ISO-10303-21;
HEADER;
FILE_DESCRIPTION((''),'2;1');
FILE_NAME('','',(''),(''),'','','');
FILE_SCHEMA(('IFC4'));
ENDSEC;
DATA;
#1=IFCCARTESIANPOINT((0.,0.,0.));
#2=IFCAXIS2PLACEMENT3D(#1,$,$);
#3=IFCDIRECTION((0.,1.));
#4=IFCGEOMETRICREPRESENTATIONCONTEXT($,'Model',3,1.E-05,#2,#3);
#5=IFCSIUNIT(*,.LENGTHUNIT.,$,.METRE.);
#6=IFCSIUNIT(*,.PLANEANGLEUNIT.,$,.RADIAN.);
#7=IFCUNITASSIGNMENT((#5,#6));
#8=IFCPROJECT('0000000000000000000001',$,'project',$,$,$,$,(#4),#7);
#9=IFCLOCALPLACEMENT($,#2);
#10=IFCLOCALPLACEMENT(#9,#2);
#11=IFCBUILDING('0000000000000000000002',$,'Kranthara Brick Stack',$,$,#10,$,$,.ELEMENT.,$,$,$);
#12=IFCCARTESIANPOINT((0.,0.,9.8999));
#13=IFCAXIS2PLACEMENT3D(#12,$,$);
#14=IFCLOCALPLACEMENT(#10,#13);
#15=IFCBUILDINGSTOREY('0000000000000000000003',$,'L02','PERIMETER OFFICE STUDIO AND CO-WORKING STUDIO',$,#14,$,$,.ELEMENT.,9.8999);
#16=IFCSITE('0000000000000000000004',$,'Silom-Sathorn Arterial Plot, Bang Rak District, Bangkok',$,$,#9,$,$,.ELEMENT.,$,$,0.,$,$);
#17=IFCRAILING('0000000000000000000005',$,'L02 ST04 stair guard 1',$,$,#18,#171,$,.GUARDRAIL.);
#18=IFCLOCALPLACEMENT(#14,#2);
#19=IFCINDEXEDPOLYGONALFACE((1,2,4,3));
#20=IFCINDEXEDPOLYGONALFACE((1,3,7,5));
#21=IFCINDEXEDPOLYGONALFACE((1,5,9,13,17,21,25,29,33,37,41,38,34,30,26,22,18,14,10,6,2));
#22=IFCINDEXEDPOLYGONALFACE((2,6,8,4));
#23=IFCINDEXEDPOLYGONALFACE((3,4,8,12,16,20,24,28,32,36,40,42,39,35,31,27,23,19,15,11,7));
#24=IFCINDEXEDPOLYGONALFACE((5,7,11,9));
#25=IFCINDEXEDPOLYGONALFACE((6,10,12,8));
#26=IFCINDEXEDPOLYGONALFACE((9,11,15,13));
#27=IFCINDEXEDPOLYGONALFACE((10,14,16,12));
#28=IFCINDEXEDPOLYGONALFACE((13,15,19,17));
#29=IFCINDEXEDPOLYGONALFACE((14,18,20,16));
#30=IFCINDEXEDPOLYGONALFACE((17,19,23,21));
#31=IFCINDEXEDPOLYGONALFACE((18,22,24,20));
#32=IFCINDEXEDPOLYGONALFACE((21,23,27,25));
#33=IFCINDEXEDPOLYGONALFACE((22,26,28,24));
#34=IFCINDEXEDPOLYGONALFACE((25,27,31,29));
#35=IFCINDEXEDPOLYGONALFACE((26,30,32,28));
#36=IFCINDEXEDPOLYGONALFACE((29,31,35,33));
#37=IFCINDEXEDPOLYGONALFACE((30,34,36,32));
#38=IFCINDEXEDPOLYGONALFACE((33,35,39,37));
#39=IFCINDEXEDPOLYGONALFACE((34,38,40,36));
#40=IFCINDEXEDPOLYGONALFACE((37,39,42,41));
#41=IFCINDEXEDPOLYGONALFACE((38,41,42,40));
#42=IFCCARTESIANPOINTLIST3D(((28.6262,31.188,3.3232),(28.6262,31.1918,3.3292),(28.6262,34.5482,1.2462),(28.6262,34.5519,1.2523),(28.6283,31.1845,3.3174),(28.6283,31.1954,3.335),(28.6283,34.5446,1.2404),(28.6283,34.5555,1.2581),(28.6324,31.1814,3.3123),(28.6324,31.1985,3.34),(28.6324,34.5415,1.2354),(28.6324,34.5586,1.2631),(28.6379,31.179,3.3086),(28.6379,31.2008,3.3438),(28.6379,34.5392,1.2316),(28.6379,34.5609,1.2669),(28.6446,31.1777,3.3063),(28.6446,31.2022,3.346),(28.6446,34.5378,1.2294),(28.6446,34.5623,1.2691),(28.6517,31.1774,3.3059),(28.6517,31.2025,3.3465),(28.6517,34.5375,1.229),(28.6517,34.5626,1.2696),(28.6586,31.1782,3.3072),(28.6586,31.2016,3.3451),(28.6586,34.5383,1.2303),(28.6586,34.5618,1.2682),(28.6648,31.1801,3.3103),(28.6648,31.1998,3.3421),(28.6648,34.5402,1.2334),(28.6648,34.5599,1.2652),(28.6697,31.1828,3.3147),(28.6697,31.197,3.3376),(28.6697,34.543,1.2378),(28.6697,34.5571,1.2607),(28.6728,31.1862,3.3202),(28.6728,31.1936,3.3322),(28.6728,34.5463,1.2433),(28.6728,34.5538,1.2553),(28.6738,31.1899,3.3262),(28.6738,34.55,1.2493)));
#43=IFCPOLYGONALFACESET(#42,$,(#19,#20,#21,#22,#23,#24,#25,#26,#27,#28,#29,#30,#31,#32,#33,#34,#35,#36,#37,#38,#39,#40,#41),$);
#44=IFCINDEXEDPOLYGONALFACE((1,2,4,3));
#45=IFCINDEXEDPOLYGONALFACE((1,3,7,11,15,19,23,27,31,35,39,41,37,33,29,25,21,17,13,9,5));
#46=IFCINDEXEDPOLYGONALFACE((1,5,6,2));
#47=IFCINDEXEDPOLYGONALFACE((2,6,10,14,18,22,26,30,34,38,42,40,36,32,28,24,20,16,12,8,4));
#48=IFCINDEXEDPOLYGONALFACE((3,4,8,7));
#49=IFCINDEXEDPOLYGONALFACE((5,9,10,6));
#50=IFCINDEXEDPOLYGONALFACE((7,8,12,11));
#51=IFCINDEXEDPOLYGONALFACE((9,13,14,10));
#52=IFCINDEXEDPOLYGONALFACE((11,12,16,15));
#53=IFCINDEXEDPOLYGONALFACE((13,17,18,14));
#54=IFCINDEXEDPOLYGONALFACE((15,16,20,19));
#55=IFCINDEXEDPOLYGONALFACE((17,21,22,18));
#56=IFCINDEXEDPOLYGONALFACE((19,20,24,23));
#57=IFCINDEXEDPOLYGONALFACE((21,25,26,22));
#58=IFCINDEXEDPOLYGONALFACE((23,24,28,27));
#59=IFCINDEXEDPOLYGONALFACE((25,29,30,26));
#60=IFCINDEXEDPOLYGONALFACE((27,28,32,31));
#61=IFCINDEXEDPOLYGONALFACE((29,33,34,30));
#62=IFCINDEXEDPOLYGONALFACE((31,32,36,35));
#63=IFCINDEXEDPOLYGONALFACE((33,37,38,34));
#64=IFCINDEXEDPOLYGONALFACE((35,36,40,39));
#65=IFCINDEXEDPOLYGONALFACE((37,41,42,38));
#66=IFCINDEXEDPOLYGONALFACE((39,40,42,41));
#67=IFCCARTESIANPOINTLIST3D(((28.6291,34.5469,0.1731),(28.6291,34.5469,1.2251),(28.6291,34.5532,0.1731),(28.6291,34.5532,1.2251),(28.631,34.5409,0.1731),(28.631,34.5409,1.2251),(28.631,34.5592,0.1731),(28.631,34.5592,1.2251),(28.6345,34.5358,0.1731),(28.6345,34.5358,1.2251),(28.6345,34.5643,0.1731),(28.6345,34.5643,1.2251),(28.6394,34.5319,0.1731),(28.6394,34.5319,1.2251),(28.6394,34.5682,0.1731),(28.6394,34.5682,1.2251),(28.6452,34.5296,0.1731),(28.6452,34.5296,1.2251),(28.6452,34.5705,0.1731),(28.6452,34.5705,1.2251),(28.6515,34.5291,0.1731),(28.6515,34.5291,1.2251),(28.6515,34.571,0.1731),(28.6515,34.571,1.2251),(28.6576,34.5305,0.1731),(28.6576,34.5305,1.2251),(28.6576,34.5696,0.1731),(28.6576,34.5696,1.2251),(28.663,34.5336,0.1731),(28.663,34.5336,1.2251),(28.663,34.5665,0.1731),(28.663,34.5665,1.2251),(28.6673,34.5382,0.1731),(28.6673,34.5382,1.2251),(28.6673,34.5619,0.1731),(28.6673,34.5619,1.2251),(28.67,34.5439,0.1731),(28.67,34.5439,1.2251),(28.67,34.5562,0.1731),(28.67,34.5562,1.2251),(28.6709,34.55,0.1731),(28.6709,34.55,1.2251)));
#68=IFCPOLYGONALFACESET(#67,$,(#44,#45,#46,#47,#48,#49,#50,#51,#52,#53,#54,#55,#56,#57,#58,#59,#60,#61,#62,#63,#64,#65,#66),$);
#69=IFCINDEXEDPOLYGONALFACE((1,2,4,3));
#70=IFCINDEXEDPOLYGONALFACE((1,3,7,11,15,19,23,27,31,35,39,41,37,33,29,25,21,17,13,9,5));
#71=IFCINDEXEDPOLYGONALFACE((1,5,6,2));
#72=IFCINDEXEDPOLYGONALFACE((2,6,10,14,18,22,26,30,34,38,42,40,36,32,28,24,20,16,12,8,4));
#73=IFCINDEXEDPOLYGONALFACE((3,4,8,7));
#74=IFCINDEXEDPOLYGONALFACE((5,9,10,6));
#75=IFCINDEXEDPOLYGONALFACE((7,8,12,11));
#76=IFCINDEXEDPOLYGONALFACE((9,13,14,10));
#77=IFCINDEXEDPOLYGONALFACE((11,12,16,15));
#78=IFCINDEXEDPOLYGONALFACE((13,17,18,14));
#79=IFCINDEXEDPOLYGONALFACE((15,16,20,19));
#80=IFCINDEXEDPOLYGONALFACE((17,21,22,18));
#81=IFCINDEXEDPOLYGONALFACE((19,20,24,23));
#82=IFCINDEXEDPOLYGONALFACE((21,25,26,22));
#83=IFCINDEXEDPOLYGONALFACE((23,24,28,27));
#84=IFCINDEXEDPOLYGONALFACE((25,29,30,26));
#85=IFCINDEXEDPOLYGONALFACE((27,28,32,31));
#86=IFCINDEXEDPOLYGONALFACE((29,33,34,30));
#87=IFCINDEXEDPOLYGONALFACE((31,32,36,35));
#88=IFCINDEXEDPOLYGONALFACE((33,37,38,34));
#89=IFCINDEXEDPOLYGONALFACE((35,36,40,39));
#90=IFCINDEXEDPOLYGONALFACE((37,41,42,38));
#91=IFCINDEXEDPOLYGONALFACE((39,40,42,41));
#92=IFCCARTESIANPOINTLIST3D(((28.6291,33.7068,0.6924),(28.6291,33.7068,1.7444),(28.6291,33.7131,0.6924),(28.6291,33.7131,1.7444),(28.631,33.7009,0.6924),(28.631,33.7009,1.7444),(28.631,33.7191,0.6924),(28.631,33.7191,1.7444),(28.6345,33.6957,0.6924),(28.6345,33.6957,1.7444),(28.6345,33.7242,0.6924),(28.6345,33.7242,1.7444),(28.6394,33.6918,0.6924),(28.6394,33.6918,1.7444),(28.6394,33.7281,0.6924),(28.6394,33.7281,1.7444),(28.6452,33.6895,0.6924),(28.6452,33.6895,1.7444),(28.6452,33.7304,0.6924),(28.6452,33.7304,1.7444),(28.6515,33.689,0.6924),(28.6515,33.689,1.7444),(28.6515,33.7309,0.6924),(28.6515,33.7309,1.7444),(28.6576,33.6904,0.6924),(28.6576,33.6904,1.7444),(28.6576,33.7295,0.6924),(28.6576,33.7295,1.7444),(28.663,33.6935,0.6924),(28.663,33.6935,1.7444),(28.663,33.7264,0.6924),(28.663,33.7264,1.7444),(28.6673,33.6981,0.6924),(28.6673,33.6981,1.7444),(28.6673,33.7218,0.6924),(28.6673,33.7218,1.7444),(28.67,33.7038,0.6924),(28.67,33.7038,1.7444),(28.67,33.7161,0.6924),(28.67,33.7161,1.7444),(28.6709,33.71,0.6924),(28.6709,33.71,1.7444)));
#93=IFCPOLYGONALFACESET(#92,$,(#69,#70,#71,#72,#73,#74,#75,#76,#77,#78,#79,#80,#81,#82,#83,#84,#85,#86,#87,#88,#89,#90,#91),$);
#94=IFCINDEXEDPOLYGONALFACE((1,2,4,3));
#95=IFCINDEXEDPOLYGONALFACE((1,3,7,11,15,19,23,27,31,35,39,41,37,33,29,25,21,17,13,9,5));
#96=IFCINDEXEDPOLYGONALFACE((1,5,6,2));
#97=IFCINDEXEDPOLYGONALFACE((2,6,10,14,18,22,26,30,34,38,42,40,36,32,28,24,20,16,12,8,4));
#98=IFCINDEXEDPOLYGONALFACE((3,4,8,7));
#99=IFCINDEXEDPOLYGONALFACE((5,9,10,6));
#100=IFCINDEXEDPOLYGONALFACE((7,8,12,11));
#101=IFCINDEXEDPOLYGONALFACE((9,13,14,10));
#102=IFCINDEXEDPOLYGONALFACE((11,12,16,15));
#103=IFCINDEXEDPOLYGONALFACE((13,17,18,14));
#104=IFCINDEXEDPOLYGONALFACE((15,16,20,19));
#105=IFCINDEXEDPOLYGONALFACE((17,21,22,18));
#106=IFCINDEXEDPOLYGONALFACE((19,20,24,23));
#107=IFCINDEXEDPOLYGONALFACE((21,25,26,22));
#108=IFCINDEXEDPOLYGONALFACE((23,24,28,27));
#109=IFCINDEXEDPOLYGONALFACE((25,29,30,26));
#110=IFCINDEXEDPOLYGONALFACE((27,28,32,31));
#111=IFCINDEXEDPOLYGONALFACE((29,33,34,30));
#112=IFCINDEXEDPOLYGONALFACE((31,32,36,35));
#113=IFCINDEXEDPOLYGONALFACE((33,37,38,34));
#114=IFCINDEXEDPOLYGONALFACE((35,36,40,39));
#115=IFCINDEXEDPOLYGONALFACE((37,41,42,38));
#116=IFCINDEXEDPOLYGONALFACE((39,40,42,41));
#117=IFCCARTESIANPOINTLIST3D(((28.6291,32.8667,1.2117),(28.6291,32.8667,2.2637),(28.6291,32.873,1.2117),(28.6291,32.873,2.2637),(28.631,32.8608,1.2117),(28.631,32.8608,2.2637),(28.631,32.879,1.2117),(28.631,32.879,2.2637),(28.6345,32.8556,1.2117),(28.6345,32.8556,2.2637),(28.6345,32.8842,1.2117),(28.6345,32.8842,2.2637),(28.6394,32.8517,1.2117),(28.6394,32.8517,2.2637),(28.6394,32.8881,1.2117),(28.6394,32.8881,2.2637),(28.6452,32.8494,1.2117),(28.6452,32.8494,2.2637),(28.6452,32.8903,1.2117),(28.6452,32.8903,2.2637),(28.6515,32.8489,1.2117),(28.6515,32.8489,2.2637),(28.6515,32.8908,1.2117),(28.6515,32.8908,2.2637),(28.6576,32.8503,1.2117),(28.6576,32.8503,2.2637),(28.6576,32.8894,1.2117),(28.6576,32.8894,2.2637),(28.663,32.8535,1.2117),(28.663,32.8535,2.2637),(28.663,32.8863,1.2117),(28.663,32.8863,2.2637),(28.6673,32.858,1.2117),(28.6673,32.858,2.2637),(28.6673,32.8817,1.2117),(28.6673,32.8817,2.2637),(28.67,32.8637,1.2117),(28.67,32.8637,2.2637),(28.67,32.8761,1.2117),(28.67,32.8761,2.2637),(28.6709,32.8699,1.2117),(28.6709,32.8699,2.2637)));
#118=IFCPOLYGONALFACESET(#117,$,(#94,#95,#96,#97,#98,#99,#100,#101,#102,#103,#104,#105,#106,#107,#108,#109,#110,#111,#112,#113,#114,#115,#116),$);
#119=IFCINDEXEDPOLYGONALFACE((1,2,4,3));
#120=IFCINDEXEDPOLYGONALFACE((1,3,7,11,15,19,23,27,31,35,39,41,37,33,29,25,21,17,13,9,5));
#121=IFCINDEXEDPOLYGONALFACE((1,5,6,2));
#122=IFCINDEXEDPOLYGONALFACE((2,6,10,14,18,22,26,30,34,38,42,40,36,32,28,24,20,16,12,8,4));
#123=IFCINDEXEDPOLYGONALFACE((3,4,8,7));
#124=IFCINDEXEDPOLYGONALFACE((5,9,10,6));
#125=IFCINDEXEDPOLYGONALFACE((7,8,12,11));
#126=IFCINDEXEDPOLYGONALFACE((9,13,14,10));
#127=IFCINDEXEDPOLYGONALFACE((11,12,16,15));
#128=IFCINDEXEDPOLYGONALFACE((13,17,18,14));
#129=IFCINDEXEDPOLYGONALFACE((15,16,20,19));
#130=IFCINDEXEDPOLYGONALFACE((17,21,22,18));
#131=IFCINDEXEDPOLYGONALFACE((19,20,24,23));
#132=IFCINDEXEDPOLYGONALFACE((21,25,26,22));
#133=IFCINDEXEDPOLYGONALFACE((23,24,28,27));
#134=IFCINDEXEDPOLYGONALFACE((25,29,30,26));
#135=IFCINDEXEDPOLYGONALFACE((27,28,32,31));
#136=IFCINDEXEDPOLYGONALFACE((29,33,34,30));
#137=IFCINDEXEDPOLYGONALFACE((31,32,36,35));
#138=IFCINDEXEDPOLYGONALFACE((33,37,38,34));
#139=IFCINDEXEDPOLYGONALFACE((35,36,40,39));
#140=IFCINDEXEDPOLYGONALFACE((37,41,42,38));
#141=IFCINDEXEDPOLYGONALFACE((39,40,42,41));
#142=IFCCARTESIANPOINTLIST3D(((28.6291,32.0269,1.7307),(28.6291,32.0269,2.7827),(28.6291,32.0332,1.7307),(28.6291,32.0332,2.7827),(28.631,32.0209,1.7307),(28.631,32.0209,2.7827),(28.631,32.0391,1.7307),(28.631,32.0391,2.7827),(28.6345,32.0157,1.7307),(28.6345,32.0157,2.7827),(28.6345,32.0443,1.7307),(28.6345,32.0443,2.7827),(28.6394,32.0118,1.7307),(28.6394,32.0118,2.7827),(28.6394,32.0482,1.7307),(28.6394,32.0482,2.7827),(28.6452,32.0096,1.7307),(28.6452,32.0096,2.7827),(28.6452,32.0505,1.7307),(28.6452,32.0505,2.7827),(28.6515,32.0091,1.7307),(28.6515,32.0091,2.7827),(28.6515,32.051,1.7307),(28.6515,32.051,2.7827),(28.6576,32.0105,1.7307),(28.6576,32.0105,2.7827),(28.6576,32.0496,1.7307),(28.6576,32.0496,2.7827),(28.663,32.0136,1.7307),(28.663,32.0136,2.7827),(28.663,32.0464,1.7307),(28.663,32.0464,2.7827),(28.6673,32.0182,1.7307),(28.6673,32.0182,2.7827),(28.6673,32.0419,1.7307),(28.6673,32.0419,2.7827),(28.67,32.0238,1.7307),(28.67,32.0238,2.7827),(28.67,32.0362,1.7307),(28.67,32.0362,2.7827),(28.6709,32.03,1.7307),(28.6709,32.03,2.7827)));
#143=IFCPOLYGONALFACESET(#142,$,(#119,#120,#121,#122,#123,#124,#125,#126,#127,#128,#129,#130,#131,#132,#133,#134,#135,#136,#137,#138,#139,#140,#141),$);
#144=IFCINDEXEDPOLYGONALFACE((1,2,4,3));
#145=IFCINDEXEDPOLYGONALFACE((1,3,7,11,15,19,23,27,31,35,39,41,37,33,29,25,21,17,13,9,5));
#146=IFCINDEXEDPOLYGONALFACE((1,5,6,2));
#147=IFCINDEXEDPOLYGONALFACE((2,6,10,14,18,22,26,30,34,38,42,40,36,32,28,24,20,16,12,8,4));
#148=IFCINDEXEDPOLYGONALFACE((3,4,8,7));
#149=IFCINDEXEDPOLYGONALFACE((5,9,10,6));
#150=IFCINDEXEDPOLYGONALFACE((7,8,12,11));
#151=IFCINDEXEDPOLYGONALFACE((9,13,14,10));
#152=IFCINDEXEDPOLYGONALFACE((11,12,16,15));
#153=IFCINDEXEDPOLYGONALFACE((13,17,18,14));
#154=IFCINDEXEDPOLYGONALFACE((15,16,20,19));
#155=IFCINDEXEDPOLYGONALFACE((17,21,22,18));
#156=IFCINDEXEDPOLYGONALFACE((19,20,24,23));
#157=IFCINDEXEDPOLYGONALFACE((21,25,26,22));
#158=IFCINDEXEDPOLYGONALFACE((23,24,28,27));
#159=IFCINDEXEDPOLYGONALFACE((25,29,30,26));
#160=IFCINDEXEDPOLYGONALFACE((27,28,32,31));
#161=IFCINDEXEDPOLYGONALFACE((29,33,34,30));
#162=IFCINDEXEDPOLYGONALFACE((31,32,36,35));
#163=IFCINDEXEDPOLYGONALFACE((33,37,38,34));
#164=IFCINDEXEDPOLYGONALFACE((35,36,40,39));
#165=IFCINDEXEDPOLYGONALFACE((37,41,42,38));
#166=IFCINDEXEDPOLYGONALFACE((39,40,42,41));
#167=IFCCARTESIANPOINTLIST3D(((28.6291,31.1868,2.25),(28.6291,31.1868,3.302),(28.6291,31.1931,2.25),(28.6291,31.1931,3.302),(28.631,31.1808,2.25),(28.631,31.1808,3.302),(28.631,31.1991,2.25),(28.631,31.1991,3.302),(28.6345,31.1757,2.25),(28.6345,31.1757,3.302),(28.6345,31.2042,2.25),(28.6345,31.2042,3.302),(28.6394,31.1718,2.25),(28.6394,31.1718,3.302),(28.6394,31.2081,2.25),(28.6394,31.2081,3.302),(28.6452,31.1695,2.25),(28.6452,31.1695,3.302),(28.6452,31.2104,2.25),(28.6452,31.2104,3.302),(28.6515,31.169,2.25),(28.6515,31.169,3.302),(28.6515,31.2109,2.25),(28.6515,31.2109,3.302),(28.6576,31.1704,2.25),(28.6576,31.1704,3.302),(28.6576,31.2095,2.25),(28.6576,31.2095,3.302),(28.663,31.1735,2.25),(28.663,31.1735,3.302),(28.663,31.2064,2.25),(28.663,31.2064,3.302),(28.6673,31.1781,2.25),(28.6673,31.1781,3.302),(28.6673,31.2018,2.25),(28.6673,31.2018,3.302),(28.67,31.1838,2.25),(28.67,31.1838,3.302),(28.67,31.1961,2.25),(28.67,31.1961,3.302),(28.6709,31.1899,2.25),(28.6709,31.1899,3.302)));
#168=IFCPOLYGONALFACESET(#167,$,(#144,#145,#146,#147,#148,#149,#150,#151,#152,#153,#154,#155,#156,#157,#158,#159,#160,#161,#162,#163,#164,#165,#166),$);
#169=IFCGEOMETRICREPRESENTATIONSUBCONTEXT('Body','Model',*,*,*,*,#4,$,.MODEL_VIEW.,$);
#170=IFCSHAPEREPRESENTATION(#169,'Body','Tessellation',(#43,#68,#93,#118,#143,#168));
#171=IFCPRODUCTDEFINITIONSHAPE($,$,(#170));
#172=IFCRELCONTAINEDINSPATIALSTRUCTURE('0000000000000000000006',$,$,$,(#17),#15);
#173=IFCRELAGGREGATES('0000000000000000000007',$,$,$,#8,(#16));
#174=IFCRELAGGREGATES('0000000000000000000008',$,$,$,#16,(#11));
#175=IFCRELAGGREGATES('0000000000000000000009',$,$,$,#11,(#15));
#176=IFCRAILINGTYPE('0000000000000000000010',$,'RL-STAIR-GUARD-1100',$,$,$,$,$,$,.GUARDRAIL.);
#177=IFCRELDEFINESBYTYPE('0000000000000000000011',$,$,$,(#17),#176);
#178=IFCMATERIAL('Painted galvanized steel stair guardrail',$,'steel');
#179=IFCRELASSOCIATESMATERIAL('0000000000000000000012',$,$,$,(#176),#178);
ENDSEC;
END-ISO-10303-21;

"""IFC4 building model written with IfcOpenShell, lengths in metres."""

from ifc_helpers import new_model, si_unit, direction, frame, origin, origin_2d, place, context, subcontext, project, spatial, circle, extrude, material, type_object, element, save


model = new_model("IFC4")

# Units and contexts
model_context = context("Model", 3, precision=1e-05, world=origin(), true_north=direction((0.0, 1.0)))
body_context = subcontext(model_context, "Body", "Model", "MODEL_VIEW")
ifc_project = project(units=[si_unit("LENGTHUNIT", "METRE"), si_unit("PLANEANGLEUNIT", "RADIAN")], contexts=[model_context])

# Site, building, storey
site_placement = place(None, origin())
site = spatial("IfcSite", under=ifc_project, at=site_placement, Name="Silom-Sathorn Arterial Plot, Bang Rak District, Bangkok", CompositionType="ELEMENT", RefElevation=0.0)
building_placement = place(site_placement, origin())
building = spatial("IfcBuilding", under=site, at=building_placement, Name="Kranthara Brick Stack", CompositionType="ELEMENT")
storey_placement = place(building_placement, frame((0.0, 0.0, 9.8999)))
storey = spatial("IfcBuildingStorey", under=building, at=storey_placement, Name="L02", Description="PERIMETER OFFICE STUDIO AND CO-WORKING STUDIO", CompositionType="ELEMENT", Elevation=9.8999)

# Railing
ifc_material_1 = material(Name="Painted galvanized steel stair guardrail", Category="steel")
railing_type_1 = type_object("IfcRailingType", Name="RL-STAIR-GUARD-1100", PredefinedType="GUARDRAIL", material=ifc_material_1)
railing_1_placement = place(storey_placement, frame((28.6499, 34.55, 0.1731)))
element("IfcRailing", 1, at=railing_1_placement, inside=storey, type_object=railing_type_1, Name="L02 ST04 stair guard 1", PredefinedType="GUARDRAIL", context=body_context, shape_type="SweptSolid", body=[
    extrude(circle(Radius=0.0239, at=origin_2d()), frame((0.0, 0.0, 1.0762), z_axis=(0.0, -0.850623, 0.525776), x_axis=(1.0, 0.0, 0.0)), (0.0, 0.0, 1.0), 3.9502),
    extrude(circle(Radius=0.021, at=origin_2d()), origin(), (0.0, 0.0, 1.0), 1.052),
    extrude(circle(Radius=0.021, at=origin_2d()), frame((0.0, -0.8401, 0.5193)), (0.0, 0.0, 1.0), 1.052),
    extrude(circle(Radius=0.021, at=origin_2d()), frame((0.0, -1.6802, 1.0386)), (0.0, 0.0, 1.0), 1.052),
    extrude(circle(Radius=0.021, at=origin_2d()), frame((0.0, -2.52, 1.5576)), (0.0, 0.0, 1.0), 1.052),
    extrude(circle(Radius=0.021, at=origin_2d()), frame((0.0, -3.3601, 2.0769)), (0.0, 0.0, 1.0), 1.052),
])

save(model, "model.ifc")
